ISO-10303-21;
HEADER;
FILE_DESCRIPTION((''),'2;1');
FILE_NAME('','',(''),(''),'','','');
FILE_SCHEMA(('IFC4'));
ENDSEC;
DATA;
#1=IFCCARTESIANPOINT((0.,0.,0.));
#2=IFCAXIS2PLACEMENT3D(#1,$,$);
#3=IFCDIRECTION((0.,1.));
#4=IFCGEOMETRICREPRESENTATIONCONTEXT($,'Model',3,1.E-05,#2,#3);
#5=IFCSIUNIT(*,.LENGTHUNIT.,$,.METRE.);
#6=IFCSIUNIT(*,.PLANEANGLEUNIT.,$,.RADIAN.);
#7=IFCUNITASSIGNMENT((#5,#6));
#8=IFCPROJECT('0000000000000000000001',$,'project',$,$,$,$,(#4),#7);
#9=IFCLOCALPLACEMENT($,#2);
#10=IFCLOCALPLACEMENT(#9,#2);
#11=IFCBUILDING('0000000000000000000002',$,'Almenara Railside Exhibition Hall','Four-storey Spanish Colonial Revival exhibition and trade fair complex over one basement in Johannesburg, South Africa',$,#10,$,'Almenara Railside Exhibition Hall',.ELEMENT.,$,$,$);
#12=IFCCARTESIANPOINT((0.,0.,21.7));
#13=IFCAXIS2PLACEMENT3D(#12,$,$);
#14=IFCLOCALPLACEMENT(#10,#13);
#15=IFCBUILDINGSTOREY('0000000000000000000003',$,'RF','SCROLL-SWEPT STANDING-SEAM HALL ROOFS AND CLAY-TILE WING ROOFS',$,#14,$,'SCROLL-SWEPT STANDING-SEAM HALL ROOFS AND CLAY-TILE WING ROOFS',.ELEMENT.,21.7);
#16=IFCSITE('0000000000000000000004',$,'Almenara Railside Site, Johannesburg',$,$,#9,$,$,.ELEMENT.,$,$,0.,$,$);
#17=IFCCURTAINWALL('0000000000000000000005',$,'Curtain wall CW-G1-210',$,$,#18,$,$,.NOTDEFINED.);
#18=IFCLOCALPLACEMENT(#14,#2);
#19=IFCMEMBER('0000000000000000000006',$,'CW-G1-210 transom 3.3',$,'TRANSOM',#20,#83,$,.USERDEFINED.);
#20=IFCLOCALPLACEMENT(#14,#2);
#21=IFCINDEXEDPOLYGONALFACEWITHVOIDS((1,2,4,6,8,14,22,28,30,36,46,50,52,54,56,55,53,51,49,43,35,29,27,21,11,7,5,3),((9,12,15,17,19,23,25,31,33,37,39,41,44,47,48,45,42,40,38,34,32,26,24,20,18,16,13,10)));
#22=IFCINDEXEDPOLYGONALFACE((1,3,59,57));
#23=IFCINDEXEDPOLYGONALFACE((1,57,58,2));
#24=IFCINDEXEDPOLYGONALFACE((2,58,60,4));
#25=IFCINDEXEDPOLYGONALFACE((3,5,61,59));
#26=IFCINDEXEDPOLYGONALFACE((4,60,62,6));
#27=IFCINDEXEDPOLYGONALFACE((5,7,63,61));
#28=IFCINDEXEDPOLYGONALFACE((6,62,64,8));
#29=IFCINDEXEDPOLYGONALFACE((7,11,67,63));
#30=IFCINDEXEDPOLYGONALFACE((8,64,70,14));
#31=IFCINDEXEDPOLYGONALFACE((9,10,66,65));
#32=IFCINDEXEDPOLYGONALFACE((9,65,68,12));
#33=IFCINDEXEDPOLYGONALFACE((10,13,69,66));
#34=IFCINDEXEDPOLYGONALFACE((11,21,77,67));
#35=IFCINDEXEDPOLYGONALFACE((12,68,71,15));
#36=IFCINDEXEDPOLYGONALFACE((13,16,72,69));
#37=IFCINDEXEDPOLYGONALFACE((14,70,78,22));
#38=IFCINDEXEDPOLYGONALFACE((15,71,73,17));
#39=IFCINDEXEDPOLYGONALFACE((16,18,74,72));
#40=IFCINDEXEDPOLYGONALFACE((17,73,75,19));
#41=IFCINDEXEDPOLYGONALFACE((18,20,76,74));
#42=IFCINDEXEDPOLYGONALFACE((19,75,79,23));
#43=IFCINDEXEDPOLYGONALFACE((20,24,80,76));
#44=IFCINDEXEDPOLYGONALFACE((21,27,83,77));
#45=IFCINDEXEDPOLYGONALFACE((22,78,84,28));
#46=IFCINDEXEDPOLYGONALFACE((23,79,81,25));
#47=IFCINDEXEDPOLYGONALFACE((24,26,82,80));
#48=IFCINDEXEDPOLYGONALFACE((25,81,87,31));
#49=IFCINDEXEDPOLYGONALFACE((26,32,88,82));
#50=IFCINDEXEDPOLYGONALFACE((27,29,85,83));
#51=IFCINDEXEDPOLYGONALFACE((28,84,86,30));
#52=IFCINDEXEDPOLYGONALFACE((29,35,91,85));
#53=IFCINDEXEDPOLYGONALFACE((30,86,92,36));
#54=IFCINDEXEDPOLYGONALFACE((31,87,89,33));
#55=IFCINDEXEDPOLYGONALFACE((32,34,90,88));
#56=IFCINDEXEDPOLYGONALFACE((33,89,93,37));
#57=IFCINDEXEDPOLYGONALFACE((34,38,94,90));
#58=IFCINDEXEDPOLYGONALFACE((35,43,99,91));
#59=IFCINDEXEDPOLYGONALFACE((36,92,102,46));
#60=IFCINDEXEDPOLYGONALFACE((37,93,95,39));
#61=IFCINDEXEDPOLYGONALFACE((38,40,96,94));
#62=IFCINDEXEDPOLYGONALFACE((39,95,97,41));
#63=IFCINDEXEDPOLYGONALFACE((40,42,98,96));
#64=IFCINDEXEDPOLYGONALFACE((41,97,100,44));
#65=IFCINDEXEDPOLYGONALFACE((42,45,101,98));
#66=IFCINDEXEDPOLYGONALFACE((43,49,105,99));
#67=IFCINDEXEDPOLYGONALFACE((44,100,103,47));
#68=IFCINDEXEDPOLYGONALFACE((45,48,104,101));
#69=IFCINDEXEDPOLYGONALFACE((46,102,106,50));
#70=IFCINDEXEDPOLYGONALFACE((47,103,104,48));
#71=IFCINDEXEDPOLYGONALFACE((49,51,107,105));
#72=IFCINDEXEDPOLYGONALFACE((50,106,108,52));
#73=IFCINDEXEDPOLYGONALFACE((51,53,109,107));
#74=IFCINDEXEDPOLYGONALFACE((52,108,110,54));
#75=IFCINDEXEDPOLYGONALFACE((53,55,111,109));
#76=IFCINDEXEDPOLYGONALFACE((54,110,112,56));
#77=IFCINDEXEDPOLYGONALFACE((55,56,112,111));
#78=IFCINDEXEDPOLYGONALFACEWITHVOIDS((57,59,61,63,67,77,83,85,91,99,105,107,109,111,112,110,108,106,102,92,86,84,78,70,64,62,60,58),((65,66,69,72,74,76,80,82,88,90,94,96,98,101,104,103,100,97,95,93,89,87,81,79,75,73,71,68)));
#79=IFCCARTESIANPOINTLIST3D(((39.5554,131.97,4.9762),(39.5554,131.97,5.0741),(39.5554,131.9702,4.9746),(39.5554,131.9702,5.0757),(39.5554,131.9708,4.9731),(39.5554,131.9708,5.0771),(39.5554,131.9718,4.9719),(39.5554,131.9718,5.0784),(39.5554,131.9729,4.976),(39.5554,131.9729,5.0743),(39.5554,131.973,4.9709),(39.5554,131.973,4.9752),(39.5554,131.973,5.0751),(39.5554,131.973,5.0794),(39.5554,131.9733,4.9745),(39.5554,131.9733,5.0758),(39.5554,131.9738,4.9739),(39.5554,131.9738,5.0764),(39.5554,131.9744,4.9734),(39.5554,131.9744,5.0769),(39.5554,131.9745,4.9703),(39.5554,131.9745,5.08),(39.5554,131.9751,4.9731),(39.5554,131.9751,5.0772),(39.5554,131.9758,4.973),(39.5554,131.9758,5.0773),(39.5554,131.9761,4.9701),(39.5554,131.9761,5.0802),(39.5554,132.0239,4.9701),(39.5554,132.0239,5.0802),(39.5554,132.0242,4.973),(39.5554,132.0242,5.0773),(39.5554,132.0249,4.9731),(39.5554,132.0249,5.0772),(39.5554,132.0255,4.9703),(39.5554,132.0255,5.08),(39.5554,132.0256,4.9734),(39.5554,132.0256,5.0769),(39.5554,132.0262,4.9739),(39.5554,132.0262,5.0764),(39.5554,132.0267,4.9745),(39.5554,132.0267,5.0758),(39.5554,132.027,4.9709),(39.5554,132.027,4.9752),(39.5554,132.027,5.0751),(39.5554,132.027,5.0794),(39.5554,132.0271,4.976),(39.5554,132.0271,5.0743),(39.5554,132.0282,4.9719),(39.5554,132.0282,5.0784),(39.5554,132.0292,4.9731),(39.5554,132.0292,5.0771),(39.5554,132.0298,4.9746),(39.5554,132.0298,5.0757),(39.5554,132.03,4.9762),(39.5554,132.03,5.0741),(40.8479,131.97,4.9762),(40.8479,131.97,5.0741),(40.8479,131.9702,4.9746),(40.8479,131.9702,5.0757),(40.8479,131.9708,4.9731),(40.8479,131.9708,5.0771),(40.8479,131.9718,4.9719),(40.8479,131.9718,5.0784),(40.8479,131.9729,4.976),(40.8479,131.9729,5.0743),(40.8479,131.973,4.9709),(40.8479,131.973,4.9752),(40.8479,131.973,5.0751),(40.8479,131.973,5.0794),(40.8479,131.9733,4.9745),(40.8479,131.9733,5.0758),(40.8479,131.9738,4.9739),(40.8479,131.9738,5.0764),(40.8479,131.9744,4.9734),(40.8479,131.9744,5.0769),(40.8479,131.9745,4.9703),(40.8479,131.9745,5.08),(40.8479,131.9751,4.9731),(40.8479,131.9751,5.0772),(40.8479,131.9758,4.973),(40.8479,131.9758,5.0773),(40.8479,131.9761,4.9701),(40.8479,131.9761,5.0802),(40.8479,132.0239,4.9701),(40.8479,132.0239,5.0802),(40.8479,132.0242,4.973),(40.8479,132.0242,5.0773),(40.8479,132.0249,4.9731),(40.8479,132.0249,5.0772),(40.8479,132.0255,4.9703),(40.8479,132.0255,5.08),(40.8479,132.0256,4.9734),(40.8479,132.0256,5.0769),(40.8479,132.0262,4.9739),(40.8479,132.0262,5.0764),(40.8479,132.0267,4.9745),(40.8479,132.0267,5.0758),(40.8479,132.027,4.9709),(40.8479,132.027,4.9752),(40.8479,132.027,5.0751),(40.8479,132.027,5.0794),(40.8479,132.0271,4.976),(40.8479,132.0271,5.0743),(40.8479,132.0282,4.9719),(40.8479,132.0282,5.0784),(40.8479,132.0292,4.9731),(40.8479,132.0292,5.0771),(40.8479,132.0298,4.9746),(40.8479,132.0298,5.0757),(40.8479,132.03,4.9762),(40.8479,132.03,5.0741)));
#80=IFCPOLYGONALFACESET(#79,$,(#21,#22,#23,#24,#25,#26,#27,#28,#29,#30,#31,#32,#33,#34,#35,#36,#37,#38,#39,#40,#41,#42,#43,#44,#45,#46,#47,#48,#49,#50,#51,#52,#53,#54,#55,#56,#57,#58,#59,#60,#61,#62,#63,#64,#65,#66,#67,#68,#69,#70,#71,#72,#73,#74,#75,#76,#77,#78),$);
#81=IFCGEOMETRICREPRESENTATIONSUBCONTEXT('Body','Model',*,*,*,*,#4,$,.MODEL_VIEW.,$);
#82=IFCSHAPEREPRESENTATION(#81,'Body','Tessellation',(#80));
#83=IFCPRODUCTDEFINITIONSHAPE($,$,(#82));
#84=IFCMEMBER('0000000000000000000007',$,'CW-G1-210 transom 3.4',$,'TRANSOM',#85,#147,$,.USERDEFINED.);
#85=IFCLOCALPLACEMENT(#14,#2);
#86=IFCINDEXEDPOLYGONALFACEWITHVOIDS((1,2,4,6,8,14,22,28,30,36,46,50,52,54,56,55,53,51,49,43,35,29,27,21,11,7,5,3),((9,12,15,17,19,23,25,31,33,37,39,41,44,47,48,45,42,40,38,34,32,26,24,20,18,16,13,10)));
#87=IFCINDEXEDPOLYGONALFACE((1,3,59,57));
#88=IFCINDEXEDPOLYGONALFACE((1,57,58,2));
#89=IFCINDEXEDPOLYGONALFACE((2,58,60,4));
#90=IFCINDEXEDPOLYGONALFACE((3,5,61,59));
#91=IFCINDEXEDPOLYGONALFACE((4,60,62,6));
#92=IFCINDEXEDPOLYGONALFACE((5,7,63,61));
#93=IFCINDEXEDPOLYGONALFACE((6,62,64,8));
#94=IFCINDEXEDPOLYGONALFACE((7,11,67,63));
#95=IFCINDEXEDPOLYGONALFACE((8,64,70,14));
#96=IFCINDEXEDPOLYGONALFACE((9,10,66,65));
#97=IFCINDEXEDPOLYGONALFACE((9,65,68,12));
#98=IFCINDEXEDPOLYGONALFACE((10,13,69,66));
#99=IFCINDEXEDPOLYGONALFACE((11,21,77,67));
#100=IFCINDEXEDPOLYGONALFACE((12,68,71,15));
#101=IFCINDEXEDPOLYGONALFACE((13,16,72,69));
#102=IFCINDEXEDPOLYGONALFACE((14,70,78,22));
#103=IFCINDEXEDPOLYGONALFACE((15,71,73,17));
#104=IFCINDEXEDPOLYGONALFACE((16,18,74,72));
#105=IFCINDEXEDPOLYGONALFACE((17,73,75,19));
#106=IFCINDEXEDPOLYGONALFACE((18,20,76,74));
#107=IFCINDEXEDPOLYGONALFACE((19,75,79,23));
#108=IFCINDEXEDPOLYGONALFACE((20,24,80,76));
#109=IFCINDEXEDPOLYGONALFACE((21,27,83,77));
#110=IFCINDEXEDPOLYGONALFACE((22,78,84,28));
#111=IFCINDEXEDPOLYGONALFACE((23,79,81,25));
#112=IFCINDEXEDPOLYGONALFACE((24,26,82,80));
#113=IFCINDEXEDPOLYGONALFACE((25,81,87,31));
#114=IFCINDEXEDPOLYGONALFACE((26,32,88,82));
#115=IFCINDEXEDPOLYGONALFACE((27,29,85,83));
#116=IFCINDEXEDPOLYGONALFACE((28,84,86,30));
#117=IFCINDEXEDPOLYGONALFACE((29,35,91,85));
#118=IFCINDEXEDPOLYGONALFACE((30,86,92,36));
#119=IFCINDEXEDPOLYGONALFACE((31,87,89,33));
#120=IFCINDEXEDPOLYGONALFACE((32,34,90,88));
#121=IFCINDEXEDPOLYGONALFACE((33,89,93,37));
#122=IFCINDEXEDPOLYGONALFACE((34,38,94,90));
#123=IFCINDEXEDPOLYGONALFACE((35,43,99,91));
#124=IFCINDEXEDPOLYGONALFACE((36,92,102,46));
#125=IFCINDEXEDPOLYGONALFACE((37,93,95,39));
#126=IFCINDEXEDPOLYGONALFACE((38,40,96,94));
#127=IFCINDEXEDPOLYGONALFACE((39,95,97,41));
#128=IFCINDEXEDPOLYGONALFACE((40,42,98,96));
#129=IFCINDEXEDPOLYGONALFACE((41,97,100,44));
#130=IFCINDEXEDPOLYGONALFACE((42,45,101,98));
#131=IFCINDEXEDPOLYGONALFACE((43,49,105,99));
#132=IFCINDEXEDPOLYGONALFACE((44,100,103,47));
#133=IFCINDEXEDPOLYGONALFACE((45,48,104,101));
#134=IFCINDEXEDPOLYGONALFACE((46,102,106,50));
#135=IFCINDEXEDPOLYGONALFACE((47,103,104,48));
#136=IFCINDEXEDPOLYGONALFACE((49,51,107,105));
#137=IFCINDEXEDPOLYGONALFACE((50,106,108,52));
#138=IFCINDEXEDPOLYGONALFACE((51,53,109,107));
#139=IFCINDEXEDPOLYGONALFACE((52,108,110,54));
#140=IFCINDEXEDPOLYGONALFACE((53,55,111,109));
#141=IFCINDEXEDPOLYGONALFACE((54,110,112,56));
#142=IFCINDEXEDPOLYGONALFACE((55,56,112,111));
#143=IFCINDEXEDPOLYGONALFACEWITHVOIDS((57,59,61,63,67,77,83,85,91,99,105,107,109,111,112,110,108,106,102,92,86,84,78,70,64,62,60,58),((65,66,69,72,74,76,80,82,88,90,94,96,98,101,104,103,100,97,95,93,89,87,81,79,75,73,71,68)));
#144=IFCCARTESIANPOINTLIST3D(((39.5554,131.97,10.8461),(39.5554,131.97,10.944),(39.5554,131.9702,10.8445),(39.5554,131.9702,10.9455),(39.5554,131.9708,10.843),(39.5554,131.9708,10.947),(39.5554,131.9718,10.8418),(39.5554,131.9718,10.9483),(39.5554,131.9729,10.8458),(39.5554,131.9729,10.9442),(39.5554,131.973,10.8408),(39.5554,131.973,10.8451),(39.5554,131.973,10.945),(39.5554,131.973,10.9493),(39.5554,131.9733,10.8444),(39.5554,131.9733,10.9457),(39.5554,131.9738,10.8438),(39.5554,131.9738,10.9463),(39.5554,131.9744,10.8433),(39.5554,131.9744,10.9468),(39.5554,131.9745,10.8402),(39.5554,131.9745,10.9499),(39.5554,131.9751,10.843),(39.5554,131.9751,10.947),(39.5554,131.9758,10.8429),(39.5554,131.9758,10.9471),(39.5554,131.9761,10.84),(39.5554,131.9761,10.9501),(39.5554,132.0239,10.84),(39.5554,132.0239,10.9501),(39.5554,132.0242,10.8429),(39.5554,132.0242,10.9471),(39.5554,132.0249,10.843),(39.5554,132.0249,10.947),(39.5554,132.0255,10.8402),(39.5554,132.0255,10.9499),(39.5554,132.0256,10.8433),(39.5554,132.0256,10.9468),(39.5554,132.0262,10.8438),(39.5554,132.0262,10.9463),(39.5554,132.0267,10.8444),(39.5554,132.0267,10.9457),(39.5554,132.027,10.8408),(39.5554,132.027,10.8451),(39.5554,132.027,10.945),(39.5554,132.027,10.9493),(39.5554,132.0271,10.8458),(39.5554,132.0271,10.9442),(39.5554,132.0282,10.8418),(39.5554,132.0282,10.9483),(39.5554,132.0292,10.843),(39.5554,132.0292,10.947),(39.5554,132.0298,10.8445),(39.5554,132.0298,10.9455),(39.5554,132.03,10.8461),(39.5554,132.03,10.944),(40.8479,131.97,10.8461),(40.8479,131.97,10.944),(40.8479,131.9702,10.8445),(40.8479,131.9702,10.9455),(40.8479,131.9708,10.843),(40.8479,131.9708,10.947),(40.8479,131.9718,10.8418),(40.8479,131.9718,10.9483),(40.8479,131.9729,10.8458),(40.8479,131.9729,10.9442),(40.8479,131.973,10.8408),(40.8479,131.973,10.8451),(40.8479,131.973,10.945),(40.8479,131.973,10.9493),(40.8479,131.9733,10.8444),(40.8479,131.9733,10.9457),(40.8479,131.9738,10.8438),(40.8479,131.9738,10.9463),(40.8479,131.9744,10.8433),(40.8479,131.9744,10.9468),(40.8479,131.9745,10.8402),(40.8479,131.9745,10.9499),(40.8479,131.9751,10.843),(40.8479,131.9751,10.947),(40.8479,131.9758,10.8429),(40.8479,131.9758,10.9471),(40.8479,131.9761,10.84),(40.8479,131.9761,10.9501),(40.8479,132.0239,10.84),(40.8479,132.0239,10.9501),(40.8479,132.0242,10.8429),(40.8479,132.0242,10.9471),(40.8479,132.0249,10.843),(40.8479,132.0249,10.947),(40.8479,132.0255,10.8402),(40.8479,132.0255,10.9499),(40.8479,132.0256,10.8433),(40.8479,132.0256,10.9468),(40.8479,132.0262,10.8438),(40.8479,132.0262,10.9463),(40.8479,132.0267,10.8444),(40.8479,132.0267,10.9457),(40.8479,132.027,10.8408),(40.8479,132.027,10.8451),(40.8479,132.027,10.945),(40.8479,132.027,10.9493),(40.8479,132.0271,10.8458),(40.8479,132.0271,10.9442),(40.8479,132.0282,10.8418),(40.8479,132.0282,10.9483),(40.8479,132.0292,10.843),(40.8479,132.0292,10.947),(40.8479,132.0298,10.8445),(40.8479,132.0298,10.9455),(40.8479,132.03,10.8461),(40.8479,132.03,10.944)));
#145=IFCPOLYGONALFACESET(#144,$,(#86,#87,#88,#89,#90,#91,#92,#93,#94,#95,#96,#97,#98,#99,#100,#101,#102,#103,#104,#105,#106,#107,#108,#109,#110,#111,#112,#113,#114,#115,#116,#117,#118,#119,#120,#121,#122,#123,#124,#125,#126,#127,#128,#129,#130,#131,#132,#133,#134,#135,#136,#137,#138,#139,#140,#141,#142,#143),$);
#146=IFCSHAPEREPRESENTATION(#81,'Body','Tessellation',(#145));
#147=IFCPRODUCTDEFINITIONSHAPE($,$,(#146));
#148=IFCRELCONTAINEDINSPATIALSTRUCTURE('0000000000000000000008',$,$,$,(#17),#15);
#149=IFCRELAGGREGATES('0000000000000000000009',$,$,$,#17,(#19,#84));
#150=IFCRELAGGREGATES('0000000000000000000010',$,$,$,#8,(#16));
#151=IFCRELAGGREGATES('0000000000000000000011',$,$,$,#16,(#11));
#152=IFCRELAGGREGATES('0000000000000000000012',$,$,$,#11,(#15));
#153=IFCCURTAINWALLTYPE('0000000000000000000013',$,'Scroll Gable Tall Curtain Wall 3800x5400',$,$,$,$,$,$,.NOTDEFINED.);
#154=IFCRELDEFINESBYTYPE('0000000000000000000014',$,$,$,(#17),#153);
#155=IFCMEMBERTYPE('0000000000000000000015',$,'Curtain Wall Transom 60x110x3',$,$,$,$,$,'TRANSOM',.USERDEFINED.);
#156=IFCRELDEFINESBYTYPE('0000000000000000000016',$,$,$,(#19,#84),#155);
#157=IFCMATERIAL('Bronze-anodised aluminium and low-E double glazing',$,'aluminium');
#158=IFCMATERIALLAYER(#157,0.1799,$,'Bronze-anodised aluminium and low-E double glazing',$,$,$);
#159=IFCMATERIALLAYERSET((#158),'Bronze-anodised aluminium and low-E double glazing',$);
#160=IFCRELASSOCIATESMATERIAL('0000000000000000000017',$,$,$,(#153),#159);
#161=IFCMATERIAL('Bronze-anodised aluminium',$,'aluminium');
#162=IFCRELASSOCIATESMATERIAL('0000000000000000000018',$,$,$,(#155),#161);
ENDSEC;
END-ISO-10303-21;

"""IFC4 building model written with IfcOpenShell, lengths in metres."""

from ifc_helpers import new_model, si_unit, direction, frame, origin, origin_2d, place, context, subcontext, project, spatial, hollow_rectangle, extrude, material, layer, layer_set, material_profile, profile_set, type_object, element, aggregate, save


model = new_model("IFC4")

# Units and contexts
model_context = context("Model", 3, precision=1e-05, world=origin(), true_north=direction((0.0, 1.0)))
body_context = subcontext(model_context, "Body", "Model", "MODEL_VIEW")
ifc_project = project(units=[si_unit("LENGTHUNIT", "METRE"), si_unit("PLANEANGLEUNIT", "RADIAN")], contexts=[model_context])

# Site, building, storey
site_placement = place(None, origin())
site = spatial("IfcSite", under=ifc_project, at=site_placement, Name="Almenara Railside Site, Johannesburg", CompositionType="ELEMENT", RefElevation=0.0)
building_placement = place(site_placement, origin())
building = spatial("IfcBuilding", under=site, at=building_placement, Name="Almenara Railside Exhibition Hall", Description="Four-storey Spanish Colonial Revival exhibition and trade fair complex over one basement in Johannesburg, South Africa", LongName="Almenara Railside Exhibition Hall", CompositionType="ELEMENT")
storey_placement = place(building_placement, frame((0.0, 0.0, 21.7)))
storey = spatial("IfcBuildingStorey", under=building, at=storey_placement, Name="RF", Description="SCROLL-SWEPT STANDING-SEAM HALL ROOFS AND CLAY-TILE WING ROOFS", LongName="SCROLL-SWEPT STANDING-SEAM HALL ROOFS AND CLAY-TILE WING ROOFS", CompositionType="ELEMENT", Elevation=21.7)

# Curtain wall, members
ifc_material_1 = material(Name="Bronze-anodised aluminium and low-E double glazing", Category="aluminium")
ifc_layer_1 = layer(ifc_material_1, 0.1799, Name="Bronze-anodised aluminium and low-E double glazing")
ifc_layer_set_1 = layer_set([ifc_layer_1], Name="Bronze-anodised aluminium and low-E double glazing")
curtain_wall_type = type_object("IfcCurtainWallType", Name="Scroll Gable Tall Curtain Wall 3800x5400", PredefinedType="NOTDEFINED", material=ifc_layer_set_1)
ifc_material_2 = material(Name="Bronze-anodised aluminium", Category="aluminium")
curtain_wall_1_placement = place(storey_placement, origin())
curtain_wall_1 = element("IfcCurtainWall", 1, at=curtain_wall_1_placement, inside=storey, type_object=curtain_wall_type, Name="Curtain wall CW-G1-210", PredefinedType="NOTDEFINED")
ifc_material_profile_1 = material_profile(ifc_material_2, hollow_rectangle(XDim=0.0601, YDim=0.1101, WallThickness=0.0029, InnerFilletRadius=0.0029, OuterFilletRadius=0.0061, at=origin_2d()), Name="ALU-TRN 60x110x3")
ifc_profile_set_1 = profile_set([ifc_material_profile_1], Name="Bronze-anodised aluminium")
member_type_1 = type_object("IfcMemberType", Name="Curtain Wall Transom 60x110x3", ElementType="TRANSOM", PredefinedType="USERDEFINED", material=ifc_profile_set_1)
member_1_placement = place(storey_placement, frame((39.5554, 132.0, 5.0251), z_axis=(1.0, 0.0, 0.0), x_axis=(0.0, 1.0, 0.0)))
member_1 = element("IfcMember", 2, at=member_1_placement, type_object=member_type_1, Name="CW-G1-210 transom 3.3", ObjectType="TRANSOM", PredefinedType="USERDEFINED", context=body_context, shape_type="SweptSolid", body=[
    extrude(hollow_rectangle(XDim=0.0601, YDim=0.1101, WallThickness=0.0029, InnerFilletRadius=0.0029, OuterFilletRadius=0.0061, at=origin_2d()), origin(), (0.0, 0.0, 1.0), 1.2925),
])
member_2_placement = place(storey_placement, frame((39.5554, 132.0, 10.895), z_axis=(1.0, 0.0, 0.0), x_axis=(0.0, 1.0, 0.0)))
member_2 = element("IfcMember", 3, at=member_2_placement, type_object=member_type_1, Name="CW-G1-210 transom 3.4", ObjectType="TRANSOM", PredefinedType="USERDEFINED", context=body_context, shape_type="SweptSolid", body=[
    extrude(hollow_rectangle(XDim=0.0601, YDim=0.1101, WallThickness=0.0029, InnerFilletRadius=0.0029, OuterFilletRadius=0.0061, at=origin_2d()), origin(), (0.0, 0.0, 1.0), 1.2925),
])

aggregate(curtain_wall_1, [member_1, member_2])

save(model, "model.ifc")
